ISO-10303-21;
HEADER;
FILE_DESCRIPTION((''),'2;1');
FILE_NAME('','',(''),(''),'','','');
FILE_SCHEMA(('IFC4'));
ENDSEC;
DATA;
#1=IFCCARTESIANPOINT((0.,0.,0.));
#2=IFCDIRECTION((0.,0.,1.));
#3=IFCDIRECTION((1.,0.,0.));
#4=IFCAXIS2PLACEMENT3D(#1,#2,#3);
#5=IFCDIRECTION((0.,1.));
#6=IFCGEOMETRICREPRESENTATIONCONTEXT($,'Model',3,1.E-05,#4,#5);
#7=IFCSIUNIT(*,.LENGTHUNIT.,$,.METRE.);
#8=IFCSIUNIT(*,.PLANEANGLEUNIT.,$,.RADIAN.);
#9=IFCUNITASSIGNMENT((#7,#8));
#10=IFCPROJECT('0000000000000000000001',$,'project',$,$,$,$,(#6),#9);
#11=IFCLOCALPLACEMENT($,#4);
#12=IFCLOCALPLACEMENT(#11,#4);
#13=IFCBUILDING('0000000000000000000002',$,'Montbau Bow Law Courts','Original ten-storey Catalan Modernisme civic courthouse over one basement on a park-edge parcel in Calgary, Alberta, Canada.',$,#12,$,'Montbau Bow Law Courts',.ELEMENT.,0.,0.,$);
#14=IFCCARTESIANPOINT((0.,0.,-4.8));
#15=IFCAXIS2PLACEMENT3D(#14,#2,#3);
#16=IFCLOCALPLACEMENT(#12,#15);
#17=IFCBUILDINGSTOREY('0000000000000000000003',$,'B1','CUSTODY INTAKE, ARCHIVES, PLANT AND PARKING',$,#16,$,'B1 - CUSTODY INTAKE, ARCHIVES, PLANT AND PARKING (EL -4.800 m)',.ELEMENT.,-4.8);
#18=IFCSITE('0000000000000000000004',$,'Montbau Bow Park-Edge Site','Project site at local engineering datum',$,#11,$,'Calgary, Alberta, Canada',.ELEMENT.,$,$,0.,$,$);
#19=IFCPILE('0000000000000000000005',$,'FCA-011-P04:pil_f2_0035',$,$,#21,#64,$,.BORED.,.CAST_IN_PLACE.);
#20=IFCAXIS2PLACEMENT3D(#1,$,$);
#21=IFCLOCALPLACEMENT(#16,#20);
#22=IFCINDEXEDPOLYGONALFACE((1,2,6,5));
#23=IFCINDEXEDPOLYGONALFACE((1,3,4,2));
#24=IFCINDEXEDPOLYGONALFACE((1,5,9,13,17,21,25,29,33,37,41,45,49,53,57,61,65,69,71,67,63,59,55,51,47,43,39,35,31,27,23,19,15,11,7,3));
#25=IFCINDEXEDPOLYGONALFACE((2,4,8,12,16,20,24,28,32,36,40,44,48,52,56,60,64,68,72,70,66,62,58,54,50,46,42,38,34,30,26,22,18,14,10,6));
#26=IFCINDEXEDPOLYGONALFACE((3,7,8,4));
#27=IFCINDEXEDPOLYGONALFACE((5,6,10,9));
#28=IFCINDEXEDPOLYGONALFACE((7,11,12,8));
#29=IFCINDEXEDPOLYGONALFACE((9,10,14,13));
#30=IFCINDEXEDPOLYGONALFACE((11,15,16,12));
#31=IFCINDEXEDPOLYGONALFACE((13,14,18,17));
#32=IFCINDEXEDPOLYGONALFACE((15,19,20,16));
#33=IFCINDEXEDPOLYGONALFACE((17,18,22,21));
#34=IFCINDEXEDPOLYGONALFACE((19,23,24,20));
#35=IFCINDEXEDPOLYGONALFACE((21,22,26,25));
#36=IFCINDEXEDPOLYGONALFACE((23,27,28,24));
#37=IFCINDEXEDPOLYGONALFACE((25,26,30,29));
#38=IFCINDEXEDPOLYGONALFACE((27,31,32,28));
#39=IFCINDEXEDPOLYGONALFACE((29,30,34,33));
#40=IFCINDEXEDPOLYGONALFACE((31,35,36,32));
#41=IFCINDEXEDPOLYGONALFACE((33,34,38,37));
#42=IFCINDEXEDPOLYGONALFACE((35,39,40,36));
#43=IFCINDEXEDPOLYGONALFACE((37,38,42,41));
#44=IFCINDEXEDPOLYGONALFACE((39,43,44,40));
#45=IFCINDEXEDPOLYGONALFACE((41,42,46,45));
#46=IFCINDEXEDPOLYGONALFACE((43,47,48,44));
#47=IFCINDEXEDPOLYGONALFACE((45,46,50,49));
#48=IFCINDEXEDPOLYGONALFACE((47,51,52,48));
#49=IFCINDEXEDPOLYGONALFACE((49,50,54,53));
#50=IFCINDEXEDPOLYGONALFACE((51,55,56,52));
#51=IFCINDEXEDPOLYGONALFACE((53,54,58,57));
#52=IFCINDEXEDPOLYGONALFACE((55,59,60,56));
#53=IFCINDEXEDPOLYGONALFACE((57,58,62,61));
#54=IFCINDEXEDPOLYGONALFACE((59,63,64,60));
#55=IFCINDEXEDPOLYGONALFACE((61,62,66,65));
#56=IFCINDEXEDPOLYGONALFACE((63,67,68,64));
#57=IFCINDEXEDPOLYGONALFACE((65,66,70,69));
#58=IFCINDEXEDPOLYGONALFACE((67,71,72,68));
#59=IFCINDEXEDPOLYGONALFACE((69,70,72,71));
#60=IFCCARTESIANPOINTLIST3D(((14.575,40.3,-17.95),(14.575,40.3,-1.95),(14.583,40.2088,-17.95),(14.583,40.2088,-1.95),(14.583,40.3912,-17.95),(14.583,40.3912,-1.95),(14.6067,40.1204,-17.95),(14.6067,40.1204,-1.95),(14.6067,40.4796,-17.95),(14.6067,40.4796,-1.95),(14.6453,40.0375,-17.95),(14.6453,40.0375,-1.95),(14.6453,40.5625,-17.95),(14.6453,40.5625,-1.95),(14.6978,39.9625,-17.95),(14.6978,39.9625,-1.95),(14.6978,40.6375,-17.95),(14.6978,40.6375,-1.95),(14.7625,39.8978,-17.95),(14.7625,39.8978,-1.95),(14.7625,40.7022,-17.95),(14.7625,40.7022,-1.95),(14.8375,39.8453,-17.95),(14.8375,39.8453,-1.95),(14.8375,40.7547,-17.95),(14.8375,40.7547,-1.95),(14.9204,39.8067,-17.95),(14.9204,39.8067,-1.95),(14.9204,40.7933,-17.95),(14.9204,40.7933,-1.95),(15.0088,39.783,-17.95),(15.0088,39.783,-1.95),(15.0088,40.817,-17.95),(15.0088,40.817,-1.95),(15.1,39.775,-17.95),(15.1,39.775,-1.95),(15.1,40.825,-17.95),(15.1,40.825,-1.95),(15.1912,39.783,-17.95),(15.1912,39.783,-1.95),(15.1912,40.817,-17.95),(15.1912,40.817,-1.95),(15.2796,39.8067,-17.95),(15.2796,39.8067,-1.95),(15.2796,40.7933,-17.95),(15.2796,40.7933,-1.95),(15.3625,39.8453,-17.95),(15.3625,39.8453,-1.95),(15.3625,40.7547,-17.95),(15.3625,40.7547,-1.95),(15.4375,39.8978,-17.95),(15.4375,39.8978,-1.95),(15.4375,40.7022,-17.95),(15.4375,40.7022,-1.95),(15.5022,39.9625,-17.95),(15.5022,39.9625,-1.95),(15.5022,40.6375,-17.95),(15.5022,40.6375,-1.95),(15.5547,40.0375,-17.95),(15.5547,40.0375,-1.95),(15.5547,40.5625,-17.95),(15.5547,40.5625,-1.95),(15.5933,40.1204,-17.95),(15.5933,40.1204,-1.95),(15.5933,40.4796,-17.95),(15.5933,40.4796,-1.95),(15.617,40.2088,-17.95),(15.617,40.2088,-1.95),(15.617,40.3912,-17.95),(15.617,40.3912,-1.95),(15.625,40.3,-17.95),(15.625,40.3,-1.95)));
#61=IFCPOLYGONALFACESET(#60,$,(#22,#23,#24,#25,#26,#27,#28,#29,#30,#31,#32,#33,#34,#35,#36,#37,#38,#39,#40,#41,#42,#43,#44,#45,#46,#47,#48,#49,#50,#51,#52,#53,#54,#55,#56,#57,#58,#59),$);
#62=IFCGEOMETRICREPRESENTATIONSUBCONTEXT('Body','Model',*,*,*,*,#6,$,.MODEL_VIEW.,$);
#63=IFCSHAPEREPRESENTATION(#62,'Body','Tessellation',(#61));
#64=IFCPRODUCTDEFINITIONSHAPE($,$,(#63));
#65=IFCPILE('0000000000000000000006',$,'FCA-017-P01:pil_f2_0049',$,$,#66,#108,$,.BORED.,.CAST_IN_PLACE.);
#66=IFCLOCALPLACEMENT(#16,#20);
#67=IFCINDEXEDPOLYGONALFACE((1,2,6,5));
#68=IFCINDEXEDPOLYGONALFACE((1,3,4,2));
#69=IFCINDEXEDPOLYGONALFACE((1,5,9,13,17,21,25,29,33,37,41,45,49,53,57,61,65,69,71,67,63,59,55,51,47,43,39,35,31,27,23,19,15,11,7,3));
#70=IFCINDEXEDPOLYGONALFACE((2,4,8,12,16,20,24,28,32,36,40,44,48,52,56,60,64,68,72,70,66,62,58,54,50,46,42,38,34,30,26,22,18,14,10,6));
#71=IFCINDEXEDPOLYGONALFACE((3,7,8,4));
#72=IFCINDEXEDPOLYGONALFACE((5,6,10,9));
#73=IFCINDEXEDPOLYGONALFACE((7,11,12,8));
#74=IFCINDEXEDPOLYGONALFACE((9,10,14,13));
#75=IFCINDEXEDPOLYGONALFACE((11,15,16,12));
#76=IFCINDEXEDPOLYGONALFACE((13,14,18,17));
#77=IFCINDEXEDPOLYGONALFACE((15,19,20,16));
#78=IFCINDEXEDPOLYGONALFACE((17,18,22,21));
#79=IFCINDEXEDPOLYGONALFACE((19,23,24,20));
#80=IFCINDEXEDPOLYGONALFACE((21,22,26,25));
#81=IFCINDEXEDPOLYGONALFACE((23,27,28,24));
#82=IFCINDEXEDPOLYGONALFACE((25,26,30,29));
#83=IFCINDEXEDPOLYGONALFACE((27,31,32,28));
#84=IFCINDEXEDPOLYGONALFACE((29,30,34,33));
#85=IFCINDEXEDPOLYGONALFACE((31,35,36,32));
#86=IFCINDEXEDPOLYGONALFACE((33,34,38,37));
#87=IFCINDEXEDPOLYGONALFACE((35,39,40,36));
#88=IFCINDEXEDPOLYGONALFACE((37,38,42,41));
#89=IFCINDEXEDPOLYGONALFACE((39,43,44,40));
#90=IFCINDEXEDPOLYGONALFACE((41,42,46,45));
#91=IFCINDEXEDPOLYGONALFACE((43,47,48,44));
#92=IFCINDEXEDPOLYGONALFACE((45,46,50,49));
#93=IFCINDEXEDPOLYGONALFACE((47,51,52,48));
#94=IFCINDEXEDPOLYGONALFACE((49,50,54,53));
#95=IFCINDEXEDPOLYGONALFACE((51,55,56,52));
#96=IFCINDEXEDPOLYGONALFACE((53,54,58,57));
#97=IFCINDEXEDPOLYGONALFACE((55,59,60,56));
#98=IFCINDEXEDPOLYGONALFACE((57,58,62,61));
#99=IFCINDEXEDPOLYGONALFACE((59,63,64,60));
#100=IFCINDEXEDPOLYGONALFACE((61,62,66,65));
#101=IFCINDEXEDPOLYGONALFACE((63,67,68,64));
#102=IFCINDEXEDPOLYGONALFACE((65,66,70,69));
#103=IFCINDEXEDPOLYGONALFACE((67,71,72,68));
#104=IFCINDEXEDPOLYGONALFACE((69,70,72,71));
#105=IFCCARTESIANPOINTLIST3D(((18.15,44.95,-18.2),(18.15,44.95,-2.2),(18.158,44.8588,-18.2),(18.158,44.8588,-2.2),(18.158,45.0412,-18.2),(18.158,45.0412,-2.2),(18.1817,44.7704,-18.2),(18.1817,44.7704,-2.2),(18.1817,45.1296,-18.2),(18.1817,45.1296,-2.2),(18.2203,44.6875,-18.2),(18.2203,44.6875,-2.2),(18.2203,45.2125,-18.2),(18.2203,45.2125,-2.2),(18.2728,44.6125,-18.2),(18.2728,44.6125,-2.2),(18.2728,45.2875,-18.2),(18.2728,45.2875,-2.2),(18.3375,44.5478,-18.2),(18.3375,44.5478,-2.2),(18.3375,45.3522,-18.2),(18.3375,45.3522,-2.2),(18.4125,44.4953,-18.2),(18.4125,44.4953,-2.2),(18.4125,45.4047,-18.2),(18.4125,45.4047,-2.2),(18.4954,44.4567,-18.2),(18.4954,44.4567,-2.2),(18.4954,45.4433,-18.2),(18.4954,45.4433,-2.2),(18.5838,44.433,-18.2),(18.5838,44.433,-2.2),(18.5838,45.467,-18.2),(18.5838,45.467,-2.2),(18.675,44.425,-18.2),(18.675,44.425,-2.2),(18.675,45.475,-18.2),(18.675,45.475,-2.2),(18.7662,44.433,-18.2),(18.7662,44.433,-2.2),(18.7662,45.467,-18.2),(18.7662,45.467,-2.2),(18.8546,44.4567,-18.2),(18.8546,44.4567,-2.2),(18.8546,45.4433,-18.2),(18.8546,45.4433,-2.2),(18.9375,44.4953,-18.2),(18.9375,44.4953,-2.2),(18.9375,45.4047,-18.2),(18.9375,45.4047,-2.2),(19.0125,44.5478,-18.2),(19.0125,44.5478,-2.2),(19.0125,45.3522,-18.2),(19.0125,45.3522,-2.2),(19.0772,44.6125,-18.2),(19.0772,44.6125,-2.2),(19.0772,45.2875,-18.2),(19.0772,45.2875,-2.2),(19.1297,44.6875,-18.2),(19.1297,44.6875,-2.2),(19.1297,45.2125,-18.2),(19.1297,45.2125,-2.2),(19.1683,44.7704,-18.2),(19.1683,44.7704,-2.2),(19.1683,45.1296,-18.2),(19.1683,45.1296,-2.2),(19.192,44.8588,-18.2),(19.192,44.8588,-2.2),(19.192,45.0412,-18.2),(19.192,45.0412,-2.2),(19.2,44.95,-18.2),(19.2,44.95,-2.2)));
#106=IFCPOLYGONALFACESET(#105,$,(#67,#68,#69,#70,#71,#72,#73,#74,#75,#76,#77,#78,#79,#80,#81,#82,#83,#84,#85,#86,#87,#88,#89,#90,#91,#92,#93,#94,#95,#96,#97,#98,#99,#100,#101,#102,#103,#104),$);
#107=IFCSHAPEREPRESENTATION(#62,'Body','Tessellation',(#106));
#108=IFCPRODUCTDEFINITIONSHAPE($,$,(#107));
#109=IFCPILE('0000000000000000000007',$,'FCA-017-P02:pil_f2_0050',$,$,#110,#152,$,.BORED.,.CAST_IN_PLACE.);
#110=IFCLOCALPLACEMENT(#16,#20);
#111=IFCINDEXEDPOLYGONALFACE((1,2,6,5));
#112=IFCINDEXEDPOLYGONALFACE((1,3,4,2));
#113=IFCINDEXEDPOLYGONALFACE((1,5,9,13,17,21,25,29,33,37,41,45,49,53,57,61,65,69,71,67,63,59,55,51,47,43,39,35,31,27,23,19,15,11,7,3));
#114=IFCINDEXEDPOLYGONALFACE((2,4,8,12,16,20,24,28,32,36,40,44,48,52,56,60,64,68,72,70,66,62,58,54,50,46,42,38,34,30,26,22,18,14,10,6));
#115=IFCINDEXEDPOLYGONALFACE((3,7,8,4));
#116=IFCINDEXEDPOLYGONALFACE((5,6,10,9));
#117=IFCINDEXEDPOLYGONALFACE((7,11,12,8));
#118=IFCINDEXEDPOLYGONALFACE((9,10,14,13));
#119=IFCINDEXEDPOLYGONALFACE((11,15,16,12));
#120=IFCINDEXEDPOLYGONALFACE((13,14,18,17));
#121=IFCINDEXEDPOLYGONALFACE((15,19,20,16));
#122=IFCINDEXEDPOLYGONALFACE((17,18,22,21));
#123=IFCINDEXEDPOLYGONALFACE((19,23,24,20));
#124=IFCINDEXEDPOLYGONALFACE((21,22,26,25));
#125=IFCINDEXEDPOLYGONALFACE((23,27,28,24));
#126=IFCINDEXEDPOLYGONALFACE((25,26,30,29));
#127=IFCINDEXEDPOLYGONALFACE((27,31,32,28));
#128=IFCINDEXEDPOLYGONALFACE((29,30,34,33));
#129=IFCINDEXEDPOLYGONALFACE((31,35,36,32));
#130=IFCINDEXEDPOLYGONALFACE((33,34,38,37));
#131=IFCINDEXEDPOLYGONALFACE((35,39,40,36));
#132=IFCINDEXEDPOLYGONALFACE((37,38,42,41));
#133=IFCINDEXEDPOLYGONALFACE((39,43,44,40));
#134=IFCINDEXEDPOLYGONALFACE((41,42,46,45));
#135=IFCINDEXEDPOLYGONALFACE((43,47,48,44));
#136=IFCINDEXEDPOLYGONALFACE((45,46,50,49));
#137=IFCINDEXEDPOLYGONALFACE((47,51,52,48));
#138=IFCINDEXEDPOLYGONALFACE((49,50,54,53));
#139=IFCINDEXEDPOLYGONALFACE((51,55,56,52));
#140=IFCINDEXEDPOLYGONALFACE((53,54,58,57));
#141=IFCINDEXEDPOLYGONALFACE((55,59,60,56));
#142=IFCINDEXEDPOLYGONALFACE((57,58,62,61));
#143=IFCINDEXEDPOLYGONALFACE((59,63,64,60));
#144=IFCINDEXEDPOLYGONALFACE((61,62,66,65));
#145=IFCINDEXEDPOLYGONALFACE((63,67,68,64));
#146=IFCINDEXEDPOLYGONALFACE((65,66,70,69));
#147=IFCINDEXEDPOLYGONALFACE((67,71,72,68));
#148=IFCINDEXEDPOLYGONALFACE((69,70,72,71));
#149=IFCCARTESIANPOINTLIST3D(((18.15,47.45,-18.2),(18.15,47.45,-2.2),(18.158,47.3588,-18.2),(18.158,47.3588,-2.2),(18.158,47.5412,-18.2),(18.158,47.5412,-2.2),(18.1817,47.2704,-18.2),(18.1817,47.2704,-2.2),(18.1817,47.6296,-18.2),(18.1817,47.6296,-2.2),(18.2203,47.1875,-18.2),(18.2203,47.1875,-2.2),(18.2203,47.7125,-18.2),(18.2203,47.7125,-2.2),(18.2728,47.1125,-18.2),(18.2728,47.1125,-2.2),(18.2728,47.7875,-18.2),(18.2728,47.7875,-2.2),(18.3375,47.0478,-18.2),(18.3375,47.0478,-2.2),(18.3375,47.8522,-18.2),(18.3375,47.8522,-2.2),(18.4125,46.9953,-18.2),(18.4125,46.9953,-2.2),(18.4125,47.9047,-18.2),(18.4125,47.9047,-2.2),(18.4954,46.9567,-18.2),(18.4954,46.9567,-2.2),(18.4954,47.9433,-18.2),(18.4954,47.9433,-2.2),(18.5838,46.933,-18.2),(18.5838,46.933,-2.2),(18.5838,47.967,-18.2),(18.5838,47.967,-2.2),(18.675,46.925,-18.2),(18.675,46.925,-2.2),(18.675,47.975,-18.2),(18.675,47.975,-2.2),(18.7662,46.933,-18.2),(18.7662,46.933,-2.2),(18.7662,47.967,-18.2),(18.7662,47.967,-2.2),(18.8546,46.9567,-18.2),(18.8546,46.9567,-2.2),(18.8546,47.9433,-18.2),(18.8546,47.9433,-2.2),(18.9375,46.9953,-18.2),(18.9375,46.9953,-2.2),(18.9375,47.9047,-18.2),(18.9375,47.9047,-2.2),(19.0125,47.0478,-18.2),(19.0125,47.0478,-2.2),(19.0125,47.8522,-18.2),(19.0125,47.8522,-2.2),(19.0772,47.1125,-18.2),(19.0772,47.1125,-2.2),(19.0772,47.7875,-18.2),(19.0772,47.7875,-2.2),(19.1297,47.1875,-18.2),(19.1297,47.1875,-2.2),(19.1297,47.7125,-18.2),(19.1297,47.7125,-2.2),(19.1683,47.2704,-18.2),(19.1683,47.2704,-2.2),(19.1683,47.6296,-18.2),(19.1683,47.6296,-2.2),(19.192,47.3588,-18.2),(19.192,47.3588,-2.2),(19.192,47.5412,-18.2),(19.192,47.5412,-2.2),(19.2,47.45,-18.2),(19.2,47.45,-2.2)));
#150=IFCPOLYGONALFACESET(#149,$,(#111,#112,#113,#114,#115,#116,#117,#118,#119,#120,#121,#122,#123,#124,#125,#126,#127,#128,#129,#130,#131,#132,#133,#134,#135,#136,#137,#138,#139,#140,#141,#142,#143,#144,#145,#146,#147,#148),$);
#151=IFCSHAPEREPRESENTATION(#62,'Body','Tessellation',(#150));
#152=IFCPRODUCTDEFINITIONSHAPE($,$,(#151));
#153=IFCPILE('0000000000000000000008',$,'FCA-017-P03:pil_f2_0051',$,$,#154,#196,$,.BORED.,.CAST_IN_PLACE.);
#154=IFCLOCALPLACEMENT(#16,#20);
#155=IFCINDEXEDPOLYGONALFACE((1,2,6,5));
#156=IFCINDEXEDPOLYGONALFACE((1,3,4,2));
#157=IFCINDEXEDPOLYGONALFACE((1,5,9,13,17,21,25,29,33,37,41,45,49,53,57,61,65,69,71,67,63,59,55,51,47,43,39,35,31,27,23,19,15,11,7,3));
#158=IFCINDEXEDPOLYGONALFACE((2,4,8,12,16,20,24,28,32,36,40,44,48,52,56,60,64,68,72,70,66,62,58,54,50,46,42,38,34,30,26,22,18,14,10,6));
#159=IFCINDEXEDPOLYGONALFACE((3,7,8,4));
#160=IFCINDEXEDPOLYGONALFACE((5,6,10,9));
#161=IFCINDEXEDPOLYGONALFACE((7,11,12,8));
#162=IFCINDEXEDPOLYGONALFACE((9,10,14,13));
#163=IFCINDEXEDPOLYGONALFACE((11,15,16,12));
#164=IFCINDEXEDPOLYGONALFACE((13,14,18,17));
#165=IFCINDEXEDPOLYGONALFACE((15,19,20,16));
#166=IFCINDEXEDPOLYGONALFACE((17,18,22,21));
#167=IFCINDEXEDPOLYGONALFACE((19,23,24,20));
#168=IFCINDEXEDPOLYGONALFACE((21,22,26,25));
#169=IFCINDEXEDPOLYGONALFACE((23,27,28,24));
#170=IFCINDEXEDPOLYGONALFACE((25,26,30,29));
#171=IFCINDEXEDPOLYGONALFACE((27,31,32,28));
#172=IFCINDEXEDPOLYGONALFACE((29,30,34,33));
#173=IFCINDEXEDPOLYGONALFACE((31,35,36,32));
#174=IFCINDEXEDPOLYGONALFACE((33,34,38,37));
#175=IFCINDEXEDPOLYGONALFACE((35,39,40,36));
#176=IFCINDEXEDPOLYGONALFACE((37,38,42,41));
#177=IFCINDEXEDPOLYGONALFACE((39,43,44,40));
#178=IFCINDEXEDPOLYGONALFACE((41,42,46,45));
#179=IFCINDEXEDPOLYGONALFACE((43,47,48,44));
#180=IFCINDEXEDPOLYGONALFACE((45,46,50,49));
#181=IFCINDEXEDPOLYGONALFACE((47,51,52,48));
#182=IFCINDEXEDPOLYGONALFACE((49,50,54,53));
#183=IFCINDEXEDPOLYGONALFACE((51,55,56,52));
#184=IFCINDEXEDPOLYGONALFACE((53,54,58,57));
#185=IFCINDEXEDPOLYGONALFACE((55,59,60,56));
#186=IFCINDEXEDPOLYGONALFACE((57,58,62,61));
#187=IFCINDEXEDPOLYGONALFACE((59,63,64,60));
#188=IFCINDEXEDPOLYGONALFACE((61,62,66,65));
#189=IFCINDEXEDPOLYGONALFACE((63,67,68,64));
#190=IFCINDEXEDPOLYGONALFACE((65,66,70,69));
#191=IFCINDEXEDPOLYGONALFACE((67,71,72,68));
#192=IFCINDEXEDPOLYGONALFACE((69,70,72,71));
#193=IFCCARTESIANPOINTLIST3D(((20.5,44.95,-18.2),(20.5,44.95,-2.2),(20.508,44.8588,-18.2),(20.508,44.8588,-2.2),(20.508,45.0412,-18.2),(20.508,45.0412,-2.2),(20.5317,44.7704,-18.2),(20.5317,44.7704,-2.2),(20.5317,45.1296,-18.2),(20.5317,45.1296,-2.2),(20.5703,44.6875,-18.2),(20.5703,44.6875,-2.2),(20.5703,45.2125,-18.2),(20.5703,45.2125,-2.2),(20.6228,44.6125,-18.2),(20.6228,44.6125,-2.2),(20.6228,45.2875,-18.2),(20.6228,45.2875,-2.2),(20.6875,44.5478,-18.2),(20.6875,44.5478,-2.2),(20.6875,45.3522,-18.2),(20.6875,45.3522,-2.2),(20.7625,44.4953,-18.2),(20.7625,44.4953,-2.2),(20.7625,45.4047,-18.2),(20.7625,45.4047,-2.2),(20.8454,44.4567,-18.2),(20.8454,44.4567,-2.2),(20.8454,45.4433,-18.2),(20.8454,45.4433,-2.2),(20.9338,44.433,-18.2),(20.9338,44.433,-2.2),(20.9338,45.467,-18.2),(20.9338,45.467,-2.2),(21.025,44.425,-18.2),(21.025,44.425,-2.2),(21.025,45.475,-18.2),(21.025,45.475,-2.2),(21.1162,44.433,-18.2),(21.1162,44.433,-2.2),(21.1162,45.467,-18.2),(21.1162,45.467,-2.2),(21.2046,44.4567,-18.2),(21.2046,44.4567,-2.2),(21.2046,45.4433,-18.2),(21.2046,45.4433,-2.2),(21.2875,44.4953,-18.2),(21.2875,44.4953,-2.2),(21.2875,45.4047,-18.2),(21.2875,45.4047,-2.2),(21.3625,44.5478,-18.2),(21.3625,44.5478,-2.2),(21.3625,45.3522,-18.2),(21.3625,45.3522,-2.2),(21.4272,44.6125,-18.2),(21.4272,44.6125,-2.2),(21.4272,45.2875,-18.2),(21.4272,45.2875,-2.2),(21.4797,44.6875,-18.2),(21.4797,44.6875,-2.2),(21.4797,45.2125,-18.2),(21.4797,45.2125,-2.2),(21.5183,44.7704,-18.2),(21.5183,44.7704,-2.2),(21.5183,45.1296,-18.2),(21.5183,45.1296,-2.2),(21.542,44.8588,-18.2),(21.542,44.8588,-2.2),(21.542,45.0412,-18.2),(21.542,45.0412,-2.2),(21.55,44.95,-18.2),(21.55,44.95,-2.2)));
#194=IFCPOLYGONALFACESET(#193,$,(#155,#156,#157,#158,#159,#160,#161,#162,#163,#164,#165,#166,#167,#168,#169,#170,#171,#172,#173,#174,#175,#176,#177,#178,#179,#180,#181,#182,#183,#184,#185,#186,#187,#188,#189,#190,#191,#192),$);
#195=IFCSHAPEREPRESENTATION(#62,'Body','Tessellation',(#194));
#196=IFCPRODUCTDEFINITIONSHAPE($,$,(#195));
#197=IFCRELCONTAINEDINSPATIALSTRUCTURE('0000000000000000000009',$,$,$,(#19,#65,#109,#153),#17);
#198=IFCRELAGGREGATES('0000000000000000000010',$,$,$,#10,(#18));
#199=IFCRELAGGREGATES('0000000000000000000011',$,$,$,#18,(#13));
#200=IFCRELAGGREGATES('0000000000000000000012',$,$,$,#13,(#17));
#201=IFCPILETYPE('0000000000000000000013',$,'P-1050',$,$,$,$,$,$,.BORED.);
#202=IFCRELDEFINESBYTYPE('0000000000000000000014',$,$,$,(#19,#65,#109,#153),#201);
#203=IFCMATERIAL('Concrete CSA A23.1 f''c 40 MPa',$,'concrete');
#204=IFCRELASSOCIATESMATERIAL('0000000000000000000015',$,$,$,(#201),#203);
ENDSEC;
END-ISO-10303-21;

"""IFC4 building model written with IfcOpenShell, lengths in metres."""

from ifc_helpers import new_model, si_unit, direction, frame, origin_with_axes, origin_2d_with_axis, place, context, subcontext, project, spatial, circle, extrude, material, material_profile, profile_set, type_object, element, save


model = new_model("IFC4")

# Units and contexts
model_context = context("Model", 3, precision=1e-05, world=origin_with_axes(), true_north=direction((0.0, 1.0)))
body_context = subcontext(model_context, "Body", "Model", "MODEL_VIEW")
ifc_project = project(units=[si_unit("LENGTHUNIT", "METRE"), si_unit("PLANEANGLEUNIT", "RADIAN")], contexts=[model_context])

# Site, building, storey
site_placement = place(None, origin_with_axes())
site = spatial("IfcSite", under=ifc_project, at=site_placement, Name="Montbau Bow Park-Edge Site", Description="Project site at local engineering datum", LongName="Calgary, Alberta, Canada", CompositionType="ELEMENT", RefElevation=0.0)
building_placement = place(site_placement, origin_with_axes())
building = spatial("IfcBuilding", under=site, at=building_placement, Name="Montbau Bow Law Courts", Description="Original ten-storey Catalan Modernisme civic courthouse over one basement on a park-edge parcel in Calgary, Alberta, Canada.", LongName="Montbau Bow Law Courts", CompositionType="ELEMENT", ElevationOfRefHeight=0.0, ElevationOfTerrain=0.0)
storey_placement = place(building_placement, frame((0.0, 0.0, -4.8), z_axis=(0.0, 0.0, 1.0), x_axis=(1.0, 0.0, 0.0)))
storey = spatial("IfcBuildingStorey", under=building, at=storey_placement, Name="B1", Description="CUSTODY INTAKE, ARCHIVES, PLANT AND PARKING", LongName="B1 - CUSTODY INTAKE, ARCHIVES, PLANT AND PARKING (EL -4.800 m)", CompositionType="ELEMENT", Elevation=-4.8)

# Piles
ifc_material_1 = material(Name="Concrete CSA A23.1 f'c 40 MPa", Category="concrete")
ifc_material_profile_1 = material_profile(ifc_material_1, circle(Radius=0.525, at=origin_2d_with_axis()), Name="BP1050", Category="Main", Priority=0)
ifc_profile_set_1 = profile_set([ifc_material_profile_1], Name="Concrete CSA A23.1 f'c 40 MPa")
pile_type_1 = type_object("IfcPileType", Name="P-1050", PredefinedType="BORED", material=ifc_profile_set_1)
for number, where, z_axis, x_axis, name in (
    (1, (15.1, 40.3, -22.75), (0.0, 0.0, 1.0), (1.0, 0.0, 0.0), "FCA-011-P04:pil_f2_0035"),
    (2, (18.675, 44.95, -23.0), (0.0, 0.0, 1.0), (1.0, 0.0, 0.0), "FCA-017-P01:pil_f2_0049"),
    (3, (18.675, 47.45, -23.0), (0.0, 0.0, 1.0), (1.0, 0.0, 0.0), "FCA-017-P02:pil_f2_0050"),
    (4, (21.025, 44.95, -23.0), (0.0, 0.0, 1.0), (1.0, 0.0, 0.0), "FCA-017-P03:pil_f2_0051"),
):
    element("IfcPile", number, at=place(None, frame(where, z_axis=z_axis, x_axis=x_axis)), inside=storey, type_object=pile_type_1, Name=name, ConstructionType="CAST_IN_PLACE", PredefinedType="BORED", context=body_context, shape_type="SweptSolid", body=[
        extrude(circle(Radius=0.525, at=origin_2d_with_axis()), origin_with_axes(), (0.0, 0.0, 1.0), 16.0),
    ])

save(model, "model.ifc")
